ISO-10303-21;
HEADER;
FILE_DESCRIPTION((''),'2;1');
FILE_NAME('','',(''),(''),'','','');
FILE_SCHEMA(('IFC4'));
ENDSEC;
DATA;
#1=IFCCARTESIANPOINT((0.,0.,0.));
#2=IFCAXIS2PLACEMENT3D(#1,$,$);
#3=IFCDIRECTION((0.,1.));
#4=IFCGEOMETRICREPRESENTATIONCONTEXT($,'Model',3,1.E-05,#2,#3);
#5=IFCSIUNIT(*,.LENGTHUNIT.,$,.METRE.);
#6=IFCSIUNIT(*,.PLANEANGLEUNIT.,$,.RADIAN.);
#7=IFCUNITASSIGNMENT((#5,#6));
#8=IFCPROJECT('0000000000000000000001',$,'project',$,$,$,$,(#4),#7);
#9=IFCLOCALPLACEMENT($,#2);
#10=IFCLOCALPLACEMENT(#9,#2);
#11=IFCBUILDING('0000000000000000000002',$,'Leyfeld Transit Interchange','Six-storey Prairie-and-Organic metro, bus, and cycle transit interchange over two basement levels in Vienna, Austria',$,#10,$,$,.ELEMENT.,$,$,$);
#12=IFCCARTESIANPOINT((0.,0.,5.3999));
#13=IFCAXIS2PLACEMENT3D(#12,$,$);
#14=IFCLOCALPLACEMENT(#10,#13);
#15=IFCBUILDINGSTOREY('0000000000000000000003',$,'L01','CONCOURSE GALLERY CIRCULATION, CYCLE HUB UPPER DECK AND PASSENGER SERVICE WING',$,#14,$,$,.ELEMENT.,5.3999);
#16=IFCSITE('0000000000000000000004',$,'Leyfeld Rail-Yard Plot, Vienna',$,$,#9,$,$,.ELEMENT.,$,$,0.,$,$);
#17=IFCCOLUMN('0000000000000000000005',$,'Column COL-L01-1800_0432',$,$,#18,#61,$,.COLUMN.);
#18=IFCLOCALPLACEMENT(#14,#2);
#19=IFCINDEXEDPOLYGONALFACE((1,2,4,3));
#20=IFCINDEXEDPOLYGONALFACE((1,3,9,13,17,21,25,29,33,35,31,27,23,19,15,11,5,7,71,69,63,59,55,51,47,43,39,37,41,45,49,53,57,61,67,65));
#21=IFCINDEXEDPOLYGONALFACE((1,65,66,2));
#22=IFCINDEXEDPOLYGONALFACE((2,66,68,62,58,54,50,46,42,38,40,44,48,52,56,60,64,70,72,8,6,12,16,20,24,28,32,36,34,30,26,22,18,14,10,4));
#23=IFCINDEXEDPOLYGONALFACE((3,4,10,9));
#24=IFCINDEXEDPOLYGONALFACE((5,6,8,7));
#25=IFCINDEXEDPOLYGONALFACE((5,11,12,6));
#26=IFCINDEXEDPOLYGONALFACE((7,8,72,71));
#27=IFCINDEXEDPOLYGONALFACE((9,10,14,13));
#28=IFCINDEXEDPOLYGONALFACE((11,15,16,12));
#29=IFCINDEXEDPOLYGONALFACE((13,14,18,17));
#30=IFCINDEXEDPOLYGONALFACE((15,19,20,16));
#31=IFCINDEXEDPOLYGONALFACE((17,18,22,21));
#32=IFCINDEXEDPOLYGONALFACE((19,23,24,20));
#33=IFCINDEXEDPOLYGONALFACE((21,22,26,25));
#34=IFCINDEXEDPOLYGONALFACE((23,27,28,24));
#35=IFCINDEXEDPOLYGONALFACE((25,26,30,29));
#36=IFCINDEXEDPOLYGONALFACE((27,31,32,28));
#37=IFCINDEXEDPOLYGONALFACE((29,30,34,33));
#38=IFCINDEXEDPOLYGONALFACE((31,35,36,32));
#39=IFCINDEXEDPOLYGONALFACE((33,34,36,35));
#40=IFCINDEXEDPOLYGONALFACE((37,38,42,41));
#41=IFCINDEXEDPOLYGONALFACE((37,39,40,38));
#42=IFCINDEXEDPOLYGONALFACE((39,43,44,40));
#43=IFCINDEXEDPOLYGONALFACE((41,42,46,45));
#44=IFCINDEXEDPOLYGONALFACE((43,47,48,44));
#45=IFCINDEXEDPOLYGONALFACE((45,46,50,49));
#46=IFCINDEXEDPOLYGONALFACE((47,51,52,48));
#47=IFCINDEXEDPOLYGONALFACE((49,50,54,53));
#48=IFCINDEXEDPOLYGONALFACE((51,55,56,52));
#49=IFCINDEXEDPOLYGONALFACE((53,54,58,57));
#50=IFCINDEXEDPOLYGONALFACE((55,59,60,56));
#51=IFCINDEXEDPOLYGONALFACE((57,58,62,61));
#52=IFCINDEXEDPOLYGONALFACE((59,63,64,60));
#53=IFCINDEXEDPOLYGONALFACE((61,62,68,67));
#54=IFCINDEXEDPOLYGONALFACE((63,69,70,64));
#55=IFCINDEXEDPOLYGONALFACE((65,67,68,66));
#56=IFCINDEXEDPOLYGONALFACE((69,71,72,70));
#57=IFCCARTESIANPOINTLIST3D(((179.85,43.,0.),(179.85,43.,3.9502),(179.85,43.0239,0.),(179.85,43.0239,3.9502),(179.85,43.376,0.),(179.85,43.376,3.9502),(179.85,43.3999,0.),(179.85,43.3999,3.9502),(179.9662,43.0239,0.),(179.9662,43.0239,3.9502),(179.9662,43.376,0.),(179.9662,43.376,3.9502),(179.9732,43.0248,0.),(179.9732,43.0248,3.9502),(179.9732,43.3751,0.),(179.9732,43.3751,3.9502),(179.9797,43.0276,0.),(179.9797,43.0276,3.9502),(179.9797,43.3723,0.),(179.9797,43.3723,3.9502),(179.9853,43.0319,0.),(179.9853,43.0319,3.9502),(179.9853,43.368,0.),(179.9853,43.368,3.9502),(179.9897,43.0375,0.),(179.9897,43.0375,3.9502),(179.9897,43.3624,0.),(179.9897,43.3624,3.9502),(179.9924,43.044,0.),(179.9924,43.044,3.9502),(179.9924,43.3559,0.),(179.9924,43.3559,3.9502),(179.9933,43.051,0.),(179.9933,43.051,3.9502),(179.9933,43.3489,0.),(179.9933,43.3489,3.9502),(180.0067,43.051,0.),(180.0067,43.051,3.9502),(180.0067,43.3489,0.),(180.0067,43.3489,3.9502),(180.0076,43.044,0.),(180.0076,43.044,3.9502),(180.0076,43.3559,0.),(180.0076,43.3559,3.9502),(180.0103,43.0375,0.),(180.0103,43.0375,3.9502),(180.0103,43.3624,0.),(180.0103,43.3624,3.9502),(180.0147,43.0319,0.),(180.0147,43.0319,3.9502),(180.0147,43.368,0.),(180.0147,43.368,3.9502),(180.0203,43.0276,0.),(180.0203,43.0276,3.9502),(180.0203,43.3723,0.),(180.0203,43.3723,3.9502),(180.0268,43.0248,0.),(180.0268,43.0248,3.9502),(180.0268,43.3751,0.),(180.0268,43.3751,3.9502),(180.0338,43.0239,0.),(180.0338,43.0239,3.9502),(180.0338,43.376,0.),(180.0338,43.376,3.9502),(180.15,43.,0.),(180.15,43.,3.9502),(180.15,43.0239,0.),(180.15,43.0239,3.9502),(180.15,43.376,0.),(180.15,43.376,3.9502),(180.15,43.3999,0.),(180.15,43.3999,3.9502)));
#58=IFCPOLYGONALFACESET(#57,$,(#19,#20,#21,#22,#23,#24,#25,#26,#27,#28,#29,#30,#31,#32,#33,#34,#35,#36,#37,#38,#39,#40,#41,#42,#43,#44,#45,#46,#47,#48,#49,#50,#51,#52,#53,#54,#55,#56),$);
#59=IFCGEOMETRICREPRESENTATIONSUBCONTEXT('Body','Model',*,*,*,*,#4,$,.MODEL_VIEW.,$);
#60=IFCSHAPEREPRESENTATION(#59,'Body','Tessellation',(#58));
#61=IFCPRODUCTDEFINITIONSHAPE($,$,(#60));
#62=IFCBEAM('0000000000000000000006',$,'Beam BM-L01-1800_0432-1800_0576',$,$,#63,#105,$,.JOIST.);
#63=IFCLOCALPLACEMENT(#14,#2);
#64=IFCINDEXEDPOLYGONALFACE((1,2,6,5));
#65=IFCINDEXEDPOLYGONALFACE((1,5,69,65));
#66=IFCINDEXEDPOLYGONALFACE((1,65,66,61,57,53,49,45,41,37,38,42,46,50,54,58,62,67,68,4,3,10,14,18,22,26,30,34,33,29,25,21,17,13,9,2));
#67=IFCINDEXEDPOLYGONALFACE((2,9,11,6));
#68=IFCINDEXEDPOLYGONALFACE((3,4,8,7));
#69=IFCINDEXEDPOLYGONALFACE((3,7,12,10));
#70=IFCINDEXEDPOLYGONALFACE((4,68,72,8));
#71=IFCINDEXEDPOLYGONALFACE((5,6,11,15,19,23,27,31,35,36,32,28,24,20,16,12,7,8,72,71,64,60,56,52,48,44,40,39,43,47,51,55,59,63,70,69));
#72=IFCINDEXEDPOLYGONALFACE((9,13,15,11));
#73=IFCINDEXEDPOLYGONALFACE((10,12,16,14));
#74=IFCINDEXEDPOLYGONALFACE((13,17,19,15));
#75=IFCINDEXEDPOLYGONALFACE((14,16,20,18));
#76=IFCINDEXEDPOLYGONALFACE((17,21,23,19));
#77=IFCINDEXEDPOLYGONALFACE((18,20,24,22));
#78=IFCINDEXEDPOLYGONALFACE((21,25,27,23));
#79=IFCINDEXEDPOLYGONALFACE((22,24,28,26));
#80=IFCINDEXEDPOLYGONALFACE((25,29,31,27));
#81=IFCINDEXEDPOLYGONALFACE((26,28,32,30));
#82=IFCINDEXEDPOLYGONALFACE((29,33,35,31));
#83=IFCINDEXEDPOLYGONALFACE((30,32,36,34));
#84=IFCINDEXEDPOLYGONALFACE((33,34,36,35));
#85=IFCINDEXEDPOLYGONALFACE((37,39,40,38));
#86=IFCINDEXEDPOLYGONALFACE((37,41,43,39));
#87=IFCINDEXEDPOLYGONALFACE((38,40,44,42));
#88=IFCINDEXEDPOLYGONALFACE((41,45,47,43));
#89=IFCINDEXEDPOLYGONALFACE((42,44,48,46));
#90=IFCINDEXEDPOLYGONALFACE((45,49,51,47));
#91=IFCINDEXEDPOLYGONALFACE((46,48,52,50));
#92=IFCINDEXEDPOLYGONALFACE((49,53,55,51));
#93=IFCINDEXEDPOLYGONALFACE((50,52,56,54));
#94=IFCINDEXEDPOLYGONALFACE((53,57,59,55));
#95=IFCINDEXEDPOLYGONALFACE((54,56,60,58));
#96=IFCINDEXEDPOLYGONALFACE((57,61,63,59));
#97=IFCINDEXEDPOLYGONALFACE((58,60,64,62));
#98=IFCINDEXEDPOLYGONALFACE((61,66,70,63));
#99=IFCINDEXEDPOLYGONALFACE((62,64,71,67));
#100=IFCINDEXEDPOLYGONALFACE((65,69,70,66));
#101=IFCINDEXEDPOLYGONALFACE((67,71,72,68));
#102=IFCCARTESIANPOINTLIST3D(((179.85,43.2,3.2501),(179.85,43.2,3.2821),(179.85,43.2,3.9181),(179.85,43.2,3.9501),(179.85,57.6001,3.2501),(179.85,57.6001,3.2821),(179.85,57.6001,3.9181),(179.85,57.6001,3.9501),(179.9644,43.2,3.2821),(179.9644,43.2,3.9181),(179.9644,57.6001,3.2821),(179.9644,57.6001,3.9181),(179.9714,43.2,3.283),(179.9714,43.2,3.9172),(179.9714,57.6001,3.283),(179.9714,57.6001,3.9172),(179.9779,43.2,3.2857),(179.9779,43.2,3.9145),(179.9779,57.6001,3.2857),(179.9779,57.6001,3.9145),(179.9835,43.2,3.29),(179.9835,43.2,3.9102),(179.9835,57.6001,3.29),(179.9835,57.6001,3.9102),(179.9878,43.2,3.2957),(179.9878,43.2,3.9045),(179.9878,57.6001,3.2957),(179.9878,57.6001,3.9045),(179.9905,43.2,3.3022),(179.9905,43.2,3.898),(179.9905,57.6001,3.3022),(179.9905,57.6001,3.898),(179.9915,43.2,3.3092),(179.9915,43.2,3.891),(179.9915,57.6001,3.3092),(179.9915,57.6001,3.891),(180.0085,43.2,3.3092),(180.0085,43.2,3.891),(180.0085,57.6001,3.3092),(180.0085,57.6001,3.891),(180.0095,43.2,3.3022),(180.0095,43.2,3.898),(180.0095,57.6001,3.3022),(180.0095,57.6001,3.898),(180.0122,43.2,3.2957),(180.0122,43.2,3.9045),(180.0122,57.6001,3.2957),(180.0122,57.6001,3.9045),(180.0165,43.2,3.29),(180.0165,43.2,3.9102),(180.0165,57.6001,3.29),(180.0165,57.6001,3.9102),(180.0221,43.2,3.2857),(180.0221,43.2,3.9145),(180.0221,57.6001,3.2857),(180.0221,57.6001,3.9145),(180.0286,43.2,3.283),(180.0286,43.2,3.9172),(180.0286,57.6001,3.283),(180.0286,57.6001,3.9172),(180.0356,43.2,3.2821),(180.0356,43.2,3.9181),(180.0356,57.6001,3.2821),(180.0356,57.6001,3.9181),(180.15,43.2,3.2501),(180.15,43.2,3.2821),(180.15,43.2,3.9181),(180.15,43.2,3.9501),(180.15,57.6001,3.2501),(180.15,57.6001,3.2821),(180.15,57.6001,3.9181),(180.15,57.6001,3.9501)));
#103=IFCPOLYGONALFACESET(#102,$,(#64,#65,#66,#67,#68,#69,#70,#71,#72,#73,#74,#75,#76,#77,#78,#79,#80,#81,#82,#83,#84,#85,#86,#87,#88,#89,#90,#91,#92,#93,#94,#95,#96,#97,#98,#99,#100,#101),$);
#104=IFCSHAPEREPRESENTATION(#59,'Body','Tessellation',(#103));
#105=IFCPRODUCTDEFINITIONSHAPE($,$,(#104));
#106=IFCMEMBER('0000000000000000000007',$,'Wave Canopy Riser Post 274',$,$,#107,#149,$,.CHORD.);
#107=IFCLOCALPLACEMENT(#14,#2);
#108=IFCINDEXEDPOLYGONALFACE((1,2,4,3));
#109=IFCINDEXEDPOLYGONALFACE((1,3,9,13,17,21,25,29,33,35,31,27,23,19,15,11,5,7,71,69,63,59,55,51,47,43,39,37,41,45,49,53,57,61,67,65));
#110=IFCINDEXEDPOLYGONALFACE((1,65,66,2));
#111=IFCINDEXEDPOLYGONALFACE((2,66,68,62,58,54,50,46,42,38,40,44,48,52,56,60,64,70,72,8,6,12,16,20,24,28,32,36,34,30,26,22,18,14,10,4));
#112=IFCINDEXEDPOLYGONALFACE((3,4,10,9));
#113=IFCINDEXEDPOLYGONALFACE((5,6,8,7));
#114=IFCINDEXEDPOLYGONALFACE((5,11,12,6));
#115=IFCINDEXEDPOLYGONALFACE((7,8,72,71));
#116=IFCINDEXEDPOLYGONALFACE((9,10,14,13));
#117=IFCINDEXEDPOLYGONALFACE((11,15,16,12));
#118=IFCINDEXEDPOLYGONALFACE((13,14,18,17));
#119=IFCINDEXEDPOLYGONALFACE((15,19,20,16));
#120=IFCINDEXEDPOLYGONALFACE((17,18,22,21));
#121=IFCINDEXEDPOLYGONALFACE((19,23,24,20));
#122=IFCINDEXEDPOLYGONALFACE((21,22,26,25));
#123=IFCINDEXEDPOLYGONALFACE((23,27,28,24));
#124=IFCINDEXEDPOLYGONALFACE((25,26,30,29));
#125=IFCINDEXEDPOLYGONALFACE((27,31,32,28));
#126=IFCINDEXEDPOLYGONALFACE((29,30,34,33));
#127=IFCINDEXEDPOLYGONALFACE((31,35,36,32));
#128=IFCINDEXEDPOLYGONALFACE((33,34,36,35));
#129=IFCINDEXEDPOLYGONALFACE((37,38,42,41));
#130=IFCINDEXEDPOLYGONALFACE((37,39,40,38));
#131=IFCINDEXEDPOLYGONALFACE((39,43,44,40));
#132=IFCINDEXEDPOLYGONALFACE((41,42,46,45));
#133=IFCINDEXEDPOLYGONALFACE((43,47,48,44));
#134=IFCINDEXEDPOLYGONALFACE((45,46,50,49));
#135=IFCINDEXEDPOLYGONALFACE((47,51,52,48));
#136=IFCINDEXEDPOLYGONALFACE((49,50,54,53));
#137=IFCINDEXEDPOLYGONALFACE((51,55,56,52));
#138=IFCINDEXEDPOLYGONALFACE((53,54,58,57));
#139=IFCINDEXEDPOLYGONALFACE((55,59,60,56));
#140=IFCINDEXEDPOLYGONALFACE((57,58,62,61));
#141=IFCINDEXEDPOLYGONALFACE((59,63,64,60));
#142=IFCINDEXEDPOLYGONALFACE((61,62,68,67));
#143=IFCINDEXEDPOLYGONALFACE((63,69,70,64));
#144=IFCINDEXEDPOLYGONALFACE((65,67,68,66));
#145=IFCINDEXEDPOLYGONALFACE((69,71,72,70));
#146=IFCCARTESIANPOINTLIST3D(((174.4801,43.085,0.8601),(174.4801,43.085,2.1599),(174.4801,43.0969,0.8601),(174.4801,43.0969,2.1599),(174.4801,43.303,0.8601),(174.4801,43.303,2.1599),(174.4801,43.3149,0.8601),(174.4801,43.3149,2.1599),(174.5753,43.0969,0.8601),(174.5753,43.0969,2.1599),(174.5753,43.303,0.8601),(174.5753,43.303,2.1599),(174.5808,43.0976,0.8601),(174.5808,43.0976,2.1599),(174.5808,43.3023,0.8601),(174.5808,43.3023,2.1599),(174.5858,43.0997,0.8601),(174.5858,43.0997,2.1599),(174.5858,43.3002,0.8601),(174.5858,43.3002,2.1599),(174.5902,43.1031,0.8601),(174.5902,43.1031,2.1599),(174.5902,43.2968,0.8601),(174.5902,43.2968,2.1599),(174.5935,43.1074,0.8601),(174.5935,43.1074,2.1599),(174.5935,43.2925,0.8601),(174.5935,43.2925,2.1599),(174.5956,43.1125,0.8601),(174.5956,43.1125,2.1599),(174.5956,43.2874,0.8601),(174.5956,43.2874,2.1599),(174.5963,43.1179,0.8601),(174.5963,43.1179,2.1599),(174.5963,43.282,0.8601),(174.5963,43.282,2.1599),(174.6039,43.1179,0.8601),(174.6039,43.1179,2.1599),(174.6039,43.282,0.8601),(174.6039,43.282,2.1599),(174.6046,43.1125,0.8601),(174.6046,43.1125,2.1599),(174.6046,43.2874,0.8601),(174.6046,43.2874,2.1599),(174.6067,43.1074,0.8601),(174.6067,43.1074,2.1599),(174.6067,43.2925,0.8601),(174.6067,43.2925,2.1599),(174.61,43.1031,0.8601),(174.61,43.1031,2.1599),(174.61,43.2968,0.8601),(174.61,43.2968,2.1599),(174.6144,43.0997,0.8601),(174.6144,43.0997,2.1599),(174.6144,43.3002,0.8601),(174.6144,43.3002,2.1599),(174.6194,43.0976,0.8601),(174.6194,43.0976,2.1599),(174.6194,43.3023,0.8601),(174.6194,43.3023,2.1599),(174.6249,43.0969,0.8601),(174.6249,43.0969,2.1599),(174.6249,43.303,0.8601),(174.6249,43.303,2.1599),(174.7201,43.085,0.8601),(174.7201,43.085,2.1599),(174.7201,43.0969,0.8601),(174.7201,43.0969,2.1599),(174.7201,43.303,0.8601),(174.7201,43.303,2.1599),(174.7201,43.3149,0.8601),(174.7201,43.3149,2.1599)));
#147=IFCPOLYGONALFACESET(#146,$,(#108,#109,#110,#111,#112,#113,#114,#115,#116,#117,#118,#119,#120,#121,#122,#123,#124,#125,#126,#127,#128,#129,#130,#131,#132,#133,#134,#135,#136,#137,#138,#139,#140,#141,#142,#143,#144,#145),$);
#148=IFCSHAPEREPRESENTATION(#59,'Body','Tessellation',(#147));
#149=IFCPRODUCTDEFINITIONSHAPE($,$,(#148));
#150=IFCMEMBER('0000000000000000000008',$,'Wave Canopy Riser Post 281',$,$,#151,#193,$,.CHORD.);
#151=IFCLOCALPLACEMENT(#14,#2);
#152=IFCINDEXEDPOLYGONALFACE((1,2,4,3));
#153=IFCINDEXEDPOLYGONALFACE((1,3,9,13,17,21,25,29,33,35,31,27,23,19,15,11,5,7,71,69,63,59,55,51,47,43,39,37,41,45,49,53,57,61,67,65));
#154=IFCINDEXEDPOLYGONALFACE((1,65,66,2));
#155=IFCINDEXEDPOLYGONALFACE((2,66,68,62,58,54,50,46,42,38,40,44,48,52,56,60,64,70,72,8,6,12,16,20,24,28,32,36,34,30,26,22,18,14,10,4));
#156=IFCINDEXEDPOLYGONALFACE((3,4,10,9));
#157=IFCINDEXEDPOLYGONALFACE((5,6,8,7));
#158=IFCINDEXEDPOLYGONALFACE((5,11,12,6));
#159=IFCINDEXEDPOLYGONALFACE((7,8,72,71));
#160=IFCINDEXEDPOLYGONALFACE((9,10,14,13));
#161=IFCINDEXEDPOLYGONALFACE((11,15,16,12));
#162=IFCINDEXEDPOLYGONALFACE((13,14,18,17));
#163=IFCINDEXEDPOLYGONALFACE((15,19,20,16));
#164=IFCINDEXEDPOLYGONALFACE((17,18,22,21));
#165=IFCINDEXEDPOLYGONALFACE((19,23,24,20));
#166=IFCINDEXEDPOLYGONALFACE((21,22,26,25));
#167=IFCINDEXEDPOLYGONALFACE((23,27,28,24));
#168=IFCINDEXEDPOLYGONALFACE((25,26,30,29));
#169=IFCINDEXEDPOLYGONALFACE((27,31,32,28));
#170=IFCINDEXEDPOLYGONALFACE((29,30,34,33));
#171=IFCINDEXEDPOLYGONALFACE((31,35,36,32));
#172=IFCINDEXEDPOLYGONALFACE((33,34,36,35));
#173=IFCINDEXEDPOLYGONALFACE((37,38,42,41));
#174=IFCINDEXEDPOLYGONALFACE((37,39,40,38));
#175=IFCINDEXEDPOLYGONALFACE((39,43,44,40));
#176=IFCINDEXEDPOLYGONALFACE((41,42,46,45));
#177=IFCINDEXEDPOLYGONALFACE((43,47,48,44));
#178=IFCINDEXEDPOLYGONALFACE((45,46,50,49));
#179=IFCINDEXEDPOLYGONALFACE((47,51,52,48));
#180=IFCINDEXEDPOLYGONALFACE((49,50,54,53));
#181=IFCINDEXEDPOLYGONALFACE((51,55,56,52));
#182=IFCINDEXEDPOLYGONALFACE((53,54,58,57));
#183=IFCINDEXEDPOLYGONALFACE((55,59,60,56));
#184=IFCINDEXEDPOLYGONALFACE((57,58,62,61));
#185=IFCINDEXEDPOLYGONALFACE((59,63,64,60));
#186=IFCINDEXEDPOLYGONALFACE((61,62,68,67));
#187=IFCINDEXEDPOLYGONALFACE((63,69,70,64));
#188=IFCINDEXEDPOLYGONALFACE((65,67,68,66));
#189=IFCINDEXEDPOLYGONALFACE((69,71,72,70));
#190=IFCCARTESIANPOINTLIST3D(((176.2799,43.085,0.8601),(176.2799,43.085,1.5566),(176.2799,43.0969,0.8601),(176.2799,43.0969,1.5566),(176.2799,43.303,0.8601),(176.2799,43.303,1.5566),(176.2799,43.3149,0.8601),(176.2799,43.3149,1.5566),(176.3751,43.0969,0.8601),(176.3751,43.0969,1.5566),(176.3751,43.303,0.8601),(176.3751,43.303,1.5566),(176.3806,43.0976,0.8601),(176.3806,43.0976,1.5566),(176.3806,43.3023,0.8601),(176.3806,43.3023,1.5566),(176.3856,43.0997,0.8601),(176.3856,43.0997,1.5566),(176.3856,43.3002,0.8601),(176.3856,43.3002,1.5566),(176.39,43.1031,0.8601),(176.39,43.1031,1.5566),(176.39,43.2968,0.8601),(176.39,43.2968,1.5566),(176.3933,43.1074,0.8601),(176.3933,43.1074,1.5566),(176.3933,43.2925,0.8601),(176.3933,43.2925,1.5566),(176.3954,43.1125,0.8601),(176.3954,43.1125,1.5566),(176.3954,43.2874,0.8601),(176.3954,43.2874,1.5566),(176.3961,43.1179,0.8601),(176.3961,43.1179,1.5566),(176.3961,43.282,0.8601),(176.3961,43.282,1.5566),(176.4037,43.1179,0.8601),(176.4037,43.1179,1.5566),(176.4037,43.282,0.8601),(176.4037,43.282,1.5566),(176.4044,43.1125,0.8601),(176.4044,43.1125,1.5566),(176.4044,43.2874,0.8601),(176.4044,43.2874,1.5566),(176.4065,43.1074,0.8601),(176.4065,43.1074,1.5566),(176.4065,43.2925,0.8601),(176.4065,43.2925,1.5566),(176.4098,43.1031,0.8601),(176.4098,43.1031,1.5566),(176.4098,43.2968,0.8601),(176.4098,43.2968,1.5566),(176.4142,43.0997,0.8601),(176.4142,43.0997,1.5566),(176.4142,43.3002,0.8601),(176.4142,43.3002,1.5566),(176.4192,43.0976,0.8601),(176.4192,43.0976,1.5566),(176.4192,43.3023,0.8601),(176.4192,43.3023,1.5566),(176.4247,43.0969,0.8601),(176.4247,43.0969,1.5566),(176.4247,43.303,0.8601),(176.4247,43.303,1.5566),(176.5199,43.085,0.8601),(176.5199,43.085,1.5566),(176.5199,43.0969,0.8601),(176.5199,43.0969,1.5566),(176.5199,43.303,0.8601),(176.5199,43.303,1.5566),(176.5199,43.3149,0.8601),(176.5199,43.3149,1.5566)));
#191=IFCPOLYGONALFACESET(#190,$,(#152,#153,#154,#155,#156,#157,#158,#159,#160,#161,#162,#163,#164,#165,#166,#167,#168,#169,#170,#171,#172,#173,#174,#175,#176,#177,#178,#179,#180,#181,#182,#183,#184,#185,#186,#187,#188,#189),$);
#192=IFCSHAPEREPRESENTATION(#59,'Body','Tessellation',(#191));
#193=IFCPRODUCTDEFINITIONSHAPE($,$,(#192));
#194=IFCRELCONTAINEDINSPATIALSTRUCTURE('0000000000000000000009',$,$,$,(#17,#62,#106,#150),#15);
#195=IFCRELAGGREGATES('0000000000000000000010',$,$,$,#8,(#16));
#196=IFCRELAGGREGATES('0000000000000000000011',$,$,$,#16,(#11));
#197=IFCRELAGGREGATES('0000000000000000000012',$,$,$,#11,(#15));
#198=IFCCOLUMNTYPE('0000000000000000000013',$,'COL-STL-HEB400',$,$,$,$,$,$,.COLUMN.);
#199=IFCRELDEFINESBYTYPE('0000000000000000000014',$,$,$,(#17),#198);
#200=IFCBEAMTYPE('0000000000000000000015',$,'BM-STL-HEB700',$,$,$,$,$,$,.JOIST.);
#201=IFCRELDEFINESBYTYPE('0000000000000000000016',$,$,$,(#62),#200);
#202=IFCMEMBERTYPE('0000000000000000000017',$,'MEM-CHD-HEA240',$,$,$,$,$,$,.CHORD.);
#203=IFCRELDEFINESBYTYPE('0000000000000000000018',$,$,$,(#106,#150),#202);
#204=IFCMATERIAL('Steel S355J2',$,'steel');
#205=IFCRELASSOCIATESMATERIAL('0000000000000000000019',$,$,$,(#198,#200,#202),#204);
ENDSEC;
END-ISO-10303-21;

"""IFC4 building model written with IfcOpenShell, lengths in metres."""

from ifc_helpers import new_model, si_unit, direction, frame, origin, origin_2d, place, context, subcontext, project, spatial, i_section, extrude, material, material_profile, profile_set, type_object, element, save


model = new_model("IFC4")

# Units and contexts
model_context = context("Model", 3, precision=1e-05, world=origin(), true_north=direction((0.0, 1.0)))
body_context = subcontext(model_context, "Body", "Model", "MODEL_VIEW")
ifc_project = project(units=[si_unit("LENGTHUNIT", "METRE"), si_unit("PLANEANGLEUNIT", "RADIAN")], contexts=[model_context])

# Site, building, storey
site_placement = place(None, origin())
site = spatial("IfcSite", under=ifc_project, at=site_placement, Name="Leyfeld Rail-Yard Plot, Vienna", CompositionType="ELEMENT", RefElevation=0.0)
building_placement = place(site_placement, origin())
building = spatial("IfcBuilding", under=site, at=building_placement, Name="Leyfeld Transit Interchange", Description="Six-storey Prairie-and-Organic metro, bus, and cycle transit interchange over two basement levels in Vienna, Austria", CompositionType="ELEMENT")
storey_placement = place(building_placement, frame((0.0, 0.0, 5.3999)))
storey = spatial("IfcBuildingStorey", under=building, at=storey_placement, Name="L01", Description="CONCOURSE GALLERY CIRCULATION, CYCLE HUB UPPER DECK AND PASSENGER SERVICE WING", CompositionType="ELEMENT", Elevation=5.3999)

# Column
ifc_material_1 = material(Name="Steel S355J2", Category="steel")
ifc_material_profile_1 = material_profile(ifc_material_1, i_section(OverallWidth=0.3, OverallDepth=0.3999, WebThickness=0.0134, FlangeThickness=0.0239, FilletRadius=0.0271, at=origin_2d()), Name="HEB 400")
ifc_profile_set_1 = profile_set([ifc_material_profile_1], Name="Steel S355J2")
column_type = type_object("IfcColumnType", Name="COL-STL-HEB400", PredefinedType="COLUMN", material=ifc_profile_set_1)
column_placement = place(storey_placement, frame((180.0, 43.2, 0.0), z_axis=(0.0, 0.0, 1.0), x_axis=(1.0, 0.0, 0.0)))
element("IfcColumn", 1, at=column_placement, inside=storey, type_object=column_type, Name="Column COL-L01-1800_0432", PredefinedType="COLUMN", context=body_context, shape_type="SweptSolid", body=[
    extrude(i_section(OverallWidth=0.3, OverallDepth=0.3999, WebThickness=0.0134, FlangeThickness=0.0239, FilletRadius=0.0271, at=origin_2d()), origin(), (0.0, 0.0, 1.0), 3.9502),
])

# Beam
ifc_material_profile_2 = material_profile(ifc_material_1, i_section(OverallWidth=0.3, OverallDepth=0.7, WebThickness=0.0171, FlangeThickness=0.032, FilletRadius=0.0271, at=origin_2d()), Name="HEB 700")
ifc_profile_set_2 = profile_set([ifc_material_profile_2], Name="Steel S355J2")
beam_type = type_object("IfcBeamType", Name="BM-STL-HEB700", PredefinedType="JOIST", material=ifc_profile_set_2)
beam_placement = place(storey_placement, frame((180.0, 43.2, 3.6001), z_axis=(0.0, 1.0, 0.0), x_axis=(-1.0, 0.0, 0.0)))
element("IfcBeam", 2, at=beam_placement, inside=storey, type_object=beam_type, Name="Beam BM-L01-1800_0432-1800_0576", PredefinedType="JOIST", context=body_context, shape_type="SweptSolid", body=[
    extrude(i_section(OverallWidth=0.3, OverallDepth=0.7, WebThickness=0.0171, FlangeThickness=0.032, FilletRadius=0.0271, at=origin_2d()), origin(), (0.0, 0.0, 1.0), 14.4001),
])

# Members
ifc_material_profile_3 = material_profile(ifc_material_1, i_section(OverallWidth=0.24, OverallDepth=0.23, WebThickness=0.0076, FlangeThickness=0.012, FilletRadius=0.021, at=origin_2d()), Name="HEA 240")
ifc_profile_set_3 = profile_set([ifc_material_profile_3], Name="Steel S355J2")
member_type = type_object("IfcMemberType", Name="MEM-CHD-HEA240", PredefinedType="CHORD", material=ifc_profile_set_3)
member_1_placement = place(storey_placement, frame((174.6001, 43.2, 0.8601), z_axis=(0.0, 0.0, 1.0), x_axis=(1.0, 0.0, 0.0)))
element("IfcMember", 3, at=member_1_placement, inside=storey, type_object=member_type, Name="Wave Canopy Riser Post 274", PredefinedType="CHORD", context=body_context, shape_type="SweptSolid", body=[
    extrude(i_section(OverallWidth=0.24, OverallDepth=0.23, WebThickness=0.0076, FlangeThickness=0.012, FilletRadius=0.021, at=origin_2d()), origin(), (0.0, 0.0, 1.0), 1.2998),
])
member_2_placement = place(storey_placement, frame((176.3999, 43.2, 0.8601), z_axis=(0.0, 0.0, 1.0), x_axis=(1.0, 0.0, 0.0)))
element("IfcMember", 4, at=member_2_placement, inside=storey, type_object=member_type, Name="Wave Canopy Riser Post 281", PredefinedType="CHORD", context=body_context, shape_type="SweptSolid", body=[
    extrude(i_section(OverallWidth=0.24, OverallDepth=0.23, WebThickness=0.0076, FlangeThickness=0.012, FilletRadius=0.021, at=origin_2d()), origin(), (0.0, 0.0, 1.0), 0.6965),
])

save(model, "model.ifc")
